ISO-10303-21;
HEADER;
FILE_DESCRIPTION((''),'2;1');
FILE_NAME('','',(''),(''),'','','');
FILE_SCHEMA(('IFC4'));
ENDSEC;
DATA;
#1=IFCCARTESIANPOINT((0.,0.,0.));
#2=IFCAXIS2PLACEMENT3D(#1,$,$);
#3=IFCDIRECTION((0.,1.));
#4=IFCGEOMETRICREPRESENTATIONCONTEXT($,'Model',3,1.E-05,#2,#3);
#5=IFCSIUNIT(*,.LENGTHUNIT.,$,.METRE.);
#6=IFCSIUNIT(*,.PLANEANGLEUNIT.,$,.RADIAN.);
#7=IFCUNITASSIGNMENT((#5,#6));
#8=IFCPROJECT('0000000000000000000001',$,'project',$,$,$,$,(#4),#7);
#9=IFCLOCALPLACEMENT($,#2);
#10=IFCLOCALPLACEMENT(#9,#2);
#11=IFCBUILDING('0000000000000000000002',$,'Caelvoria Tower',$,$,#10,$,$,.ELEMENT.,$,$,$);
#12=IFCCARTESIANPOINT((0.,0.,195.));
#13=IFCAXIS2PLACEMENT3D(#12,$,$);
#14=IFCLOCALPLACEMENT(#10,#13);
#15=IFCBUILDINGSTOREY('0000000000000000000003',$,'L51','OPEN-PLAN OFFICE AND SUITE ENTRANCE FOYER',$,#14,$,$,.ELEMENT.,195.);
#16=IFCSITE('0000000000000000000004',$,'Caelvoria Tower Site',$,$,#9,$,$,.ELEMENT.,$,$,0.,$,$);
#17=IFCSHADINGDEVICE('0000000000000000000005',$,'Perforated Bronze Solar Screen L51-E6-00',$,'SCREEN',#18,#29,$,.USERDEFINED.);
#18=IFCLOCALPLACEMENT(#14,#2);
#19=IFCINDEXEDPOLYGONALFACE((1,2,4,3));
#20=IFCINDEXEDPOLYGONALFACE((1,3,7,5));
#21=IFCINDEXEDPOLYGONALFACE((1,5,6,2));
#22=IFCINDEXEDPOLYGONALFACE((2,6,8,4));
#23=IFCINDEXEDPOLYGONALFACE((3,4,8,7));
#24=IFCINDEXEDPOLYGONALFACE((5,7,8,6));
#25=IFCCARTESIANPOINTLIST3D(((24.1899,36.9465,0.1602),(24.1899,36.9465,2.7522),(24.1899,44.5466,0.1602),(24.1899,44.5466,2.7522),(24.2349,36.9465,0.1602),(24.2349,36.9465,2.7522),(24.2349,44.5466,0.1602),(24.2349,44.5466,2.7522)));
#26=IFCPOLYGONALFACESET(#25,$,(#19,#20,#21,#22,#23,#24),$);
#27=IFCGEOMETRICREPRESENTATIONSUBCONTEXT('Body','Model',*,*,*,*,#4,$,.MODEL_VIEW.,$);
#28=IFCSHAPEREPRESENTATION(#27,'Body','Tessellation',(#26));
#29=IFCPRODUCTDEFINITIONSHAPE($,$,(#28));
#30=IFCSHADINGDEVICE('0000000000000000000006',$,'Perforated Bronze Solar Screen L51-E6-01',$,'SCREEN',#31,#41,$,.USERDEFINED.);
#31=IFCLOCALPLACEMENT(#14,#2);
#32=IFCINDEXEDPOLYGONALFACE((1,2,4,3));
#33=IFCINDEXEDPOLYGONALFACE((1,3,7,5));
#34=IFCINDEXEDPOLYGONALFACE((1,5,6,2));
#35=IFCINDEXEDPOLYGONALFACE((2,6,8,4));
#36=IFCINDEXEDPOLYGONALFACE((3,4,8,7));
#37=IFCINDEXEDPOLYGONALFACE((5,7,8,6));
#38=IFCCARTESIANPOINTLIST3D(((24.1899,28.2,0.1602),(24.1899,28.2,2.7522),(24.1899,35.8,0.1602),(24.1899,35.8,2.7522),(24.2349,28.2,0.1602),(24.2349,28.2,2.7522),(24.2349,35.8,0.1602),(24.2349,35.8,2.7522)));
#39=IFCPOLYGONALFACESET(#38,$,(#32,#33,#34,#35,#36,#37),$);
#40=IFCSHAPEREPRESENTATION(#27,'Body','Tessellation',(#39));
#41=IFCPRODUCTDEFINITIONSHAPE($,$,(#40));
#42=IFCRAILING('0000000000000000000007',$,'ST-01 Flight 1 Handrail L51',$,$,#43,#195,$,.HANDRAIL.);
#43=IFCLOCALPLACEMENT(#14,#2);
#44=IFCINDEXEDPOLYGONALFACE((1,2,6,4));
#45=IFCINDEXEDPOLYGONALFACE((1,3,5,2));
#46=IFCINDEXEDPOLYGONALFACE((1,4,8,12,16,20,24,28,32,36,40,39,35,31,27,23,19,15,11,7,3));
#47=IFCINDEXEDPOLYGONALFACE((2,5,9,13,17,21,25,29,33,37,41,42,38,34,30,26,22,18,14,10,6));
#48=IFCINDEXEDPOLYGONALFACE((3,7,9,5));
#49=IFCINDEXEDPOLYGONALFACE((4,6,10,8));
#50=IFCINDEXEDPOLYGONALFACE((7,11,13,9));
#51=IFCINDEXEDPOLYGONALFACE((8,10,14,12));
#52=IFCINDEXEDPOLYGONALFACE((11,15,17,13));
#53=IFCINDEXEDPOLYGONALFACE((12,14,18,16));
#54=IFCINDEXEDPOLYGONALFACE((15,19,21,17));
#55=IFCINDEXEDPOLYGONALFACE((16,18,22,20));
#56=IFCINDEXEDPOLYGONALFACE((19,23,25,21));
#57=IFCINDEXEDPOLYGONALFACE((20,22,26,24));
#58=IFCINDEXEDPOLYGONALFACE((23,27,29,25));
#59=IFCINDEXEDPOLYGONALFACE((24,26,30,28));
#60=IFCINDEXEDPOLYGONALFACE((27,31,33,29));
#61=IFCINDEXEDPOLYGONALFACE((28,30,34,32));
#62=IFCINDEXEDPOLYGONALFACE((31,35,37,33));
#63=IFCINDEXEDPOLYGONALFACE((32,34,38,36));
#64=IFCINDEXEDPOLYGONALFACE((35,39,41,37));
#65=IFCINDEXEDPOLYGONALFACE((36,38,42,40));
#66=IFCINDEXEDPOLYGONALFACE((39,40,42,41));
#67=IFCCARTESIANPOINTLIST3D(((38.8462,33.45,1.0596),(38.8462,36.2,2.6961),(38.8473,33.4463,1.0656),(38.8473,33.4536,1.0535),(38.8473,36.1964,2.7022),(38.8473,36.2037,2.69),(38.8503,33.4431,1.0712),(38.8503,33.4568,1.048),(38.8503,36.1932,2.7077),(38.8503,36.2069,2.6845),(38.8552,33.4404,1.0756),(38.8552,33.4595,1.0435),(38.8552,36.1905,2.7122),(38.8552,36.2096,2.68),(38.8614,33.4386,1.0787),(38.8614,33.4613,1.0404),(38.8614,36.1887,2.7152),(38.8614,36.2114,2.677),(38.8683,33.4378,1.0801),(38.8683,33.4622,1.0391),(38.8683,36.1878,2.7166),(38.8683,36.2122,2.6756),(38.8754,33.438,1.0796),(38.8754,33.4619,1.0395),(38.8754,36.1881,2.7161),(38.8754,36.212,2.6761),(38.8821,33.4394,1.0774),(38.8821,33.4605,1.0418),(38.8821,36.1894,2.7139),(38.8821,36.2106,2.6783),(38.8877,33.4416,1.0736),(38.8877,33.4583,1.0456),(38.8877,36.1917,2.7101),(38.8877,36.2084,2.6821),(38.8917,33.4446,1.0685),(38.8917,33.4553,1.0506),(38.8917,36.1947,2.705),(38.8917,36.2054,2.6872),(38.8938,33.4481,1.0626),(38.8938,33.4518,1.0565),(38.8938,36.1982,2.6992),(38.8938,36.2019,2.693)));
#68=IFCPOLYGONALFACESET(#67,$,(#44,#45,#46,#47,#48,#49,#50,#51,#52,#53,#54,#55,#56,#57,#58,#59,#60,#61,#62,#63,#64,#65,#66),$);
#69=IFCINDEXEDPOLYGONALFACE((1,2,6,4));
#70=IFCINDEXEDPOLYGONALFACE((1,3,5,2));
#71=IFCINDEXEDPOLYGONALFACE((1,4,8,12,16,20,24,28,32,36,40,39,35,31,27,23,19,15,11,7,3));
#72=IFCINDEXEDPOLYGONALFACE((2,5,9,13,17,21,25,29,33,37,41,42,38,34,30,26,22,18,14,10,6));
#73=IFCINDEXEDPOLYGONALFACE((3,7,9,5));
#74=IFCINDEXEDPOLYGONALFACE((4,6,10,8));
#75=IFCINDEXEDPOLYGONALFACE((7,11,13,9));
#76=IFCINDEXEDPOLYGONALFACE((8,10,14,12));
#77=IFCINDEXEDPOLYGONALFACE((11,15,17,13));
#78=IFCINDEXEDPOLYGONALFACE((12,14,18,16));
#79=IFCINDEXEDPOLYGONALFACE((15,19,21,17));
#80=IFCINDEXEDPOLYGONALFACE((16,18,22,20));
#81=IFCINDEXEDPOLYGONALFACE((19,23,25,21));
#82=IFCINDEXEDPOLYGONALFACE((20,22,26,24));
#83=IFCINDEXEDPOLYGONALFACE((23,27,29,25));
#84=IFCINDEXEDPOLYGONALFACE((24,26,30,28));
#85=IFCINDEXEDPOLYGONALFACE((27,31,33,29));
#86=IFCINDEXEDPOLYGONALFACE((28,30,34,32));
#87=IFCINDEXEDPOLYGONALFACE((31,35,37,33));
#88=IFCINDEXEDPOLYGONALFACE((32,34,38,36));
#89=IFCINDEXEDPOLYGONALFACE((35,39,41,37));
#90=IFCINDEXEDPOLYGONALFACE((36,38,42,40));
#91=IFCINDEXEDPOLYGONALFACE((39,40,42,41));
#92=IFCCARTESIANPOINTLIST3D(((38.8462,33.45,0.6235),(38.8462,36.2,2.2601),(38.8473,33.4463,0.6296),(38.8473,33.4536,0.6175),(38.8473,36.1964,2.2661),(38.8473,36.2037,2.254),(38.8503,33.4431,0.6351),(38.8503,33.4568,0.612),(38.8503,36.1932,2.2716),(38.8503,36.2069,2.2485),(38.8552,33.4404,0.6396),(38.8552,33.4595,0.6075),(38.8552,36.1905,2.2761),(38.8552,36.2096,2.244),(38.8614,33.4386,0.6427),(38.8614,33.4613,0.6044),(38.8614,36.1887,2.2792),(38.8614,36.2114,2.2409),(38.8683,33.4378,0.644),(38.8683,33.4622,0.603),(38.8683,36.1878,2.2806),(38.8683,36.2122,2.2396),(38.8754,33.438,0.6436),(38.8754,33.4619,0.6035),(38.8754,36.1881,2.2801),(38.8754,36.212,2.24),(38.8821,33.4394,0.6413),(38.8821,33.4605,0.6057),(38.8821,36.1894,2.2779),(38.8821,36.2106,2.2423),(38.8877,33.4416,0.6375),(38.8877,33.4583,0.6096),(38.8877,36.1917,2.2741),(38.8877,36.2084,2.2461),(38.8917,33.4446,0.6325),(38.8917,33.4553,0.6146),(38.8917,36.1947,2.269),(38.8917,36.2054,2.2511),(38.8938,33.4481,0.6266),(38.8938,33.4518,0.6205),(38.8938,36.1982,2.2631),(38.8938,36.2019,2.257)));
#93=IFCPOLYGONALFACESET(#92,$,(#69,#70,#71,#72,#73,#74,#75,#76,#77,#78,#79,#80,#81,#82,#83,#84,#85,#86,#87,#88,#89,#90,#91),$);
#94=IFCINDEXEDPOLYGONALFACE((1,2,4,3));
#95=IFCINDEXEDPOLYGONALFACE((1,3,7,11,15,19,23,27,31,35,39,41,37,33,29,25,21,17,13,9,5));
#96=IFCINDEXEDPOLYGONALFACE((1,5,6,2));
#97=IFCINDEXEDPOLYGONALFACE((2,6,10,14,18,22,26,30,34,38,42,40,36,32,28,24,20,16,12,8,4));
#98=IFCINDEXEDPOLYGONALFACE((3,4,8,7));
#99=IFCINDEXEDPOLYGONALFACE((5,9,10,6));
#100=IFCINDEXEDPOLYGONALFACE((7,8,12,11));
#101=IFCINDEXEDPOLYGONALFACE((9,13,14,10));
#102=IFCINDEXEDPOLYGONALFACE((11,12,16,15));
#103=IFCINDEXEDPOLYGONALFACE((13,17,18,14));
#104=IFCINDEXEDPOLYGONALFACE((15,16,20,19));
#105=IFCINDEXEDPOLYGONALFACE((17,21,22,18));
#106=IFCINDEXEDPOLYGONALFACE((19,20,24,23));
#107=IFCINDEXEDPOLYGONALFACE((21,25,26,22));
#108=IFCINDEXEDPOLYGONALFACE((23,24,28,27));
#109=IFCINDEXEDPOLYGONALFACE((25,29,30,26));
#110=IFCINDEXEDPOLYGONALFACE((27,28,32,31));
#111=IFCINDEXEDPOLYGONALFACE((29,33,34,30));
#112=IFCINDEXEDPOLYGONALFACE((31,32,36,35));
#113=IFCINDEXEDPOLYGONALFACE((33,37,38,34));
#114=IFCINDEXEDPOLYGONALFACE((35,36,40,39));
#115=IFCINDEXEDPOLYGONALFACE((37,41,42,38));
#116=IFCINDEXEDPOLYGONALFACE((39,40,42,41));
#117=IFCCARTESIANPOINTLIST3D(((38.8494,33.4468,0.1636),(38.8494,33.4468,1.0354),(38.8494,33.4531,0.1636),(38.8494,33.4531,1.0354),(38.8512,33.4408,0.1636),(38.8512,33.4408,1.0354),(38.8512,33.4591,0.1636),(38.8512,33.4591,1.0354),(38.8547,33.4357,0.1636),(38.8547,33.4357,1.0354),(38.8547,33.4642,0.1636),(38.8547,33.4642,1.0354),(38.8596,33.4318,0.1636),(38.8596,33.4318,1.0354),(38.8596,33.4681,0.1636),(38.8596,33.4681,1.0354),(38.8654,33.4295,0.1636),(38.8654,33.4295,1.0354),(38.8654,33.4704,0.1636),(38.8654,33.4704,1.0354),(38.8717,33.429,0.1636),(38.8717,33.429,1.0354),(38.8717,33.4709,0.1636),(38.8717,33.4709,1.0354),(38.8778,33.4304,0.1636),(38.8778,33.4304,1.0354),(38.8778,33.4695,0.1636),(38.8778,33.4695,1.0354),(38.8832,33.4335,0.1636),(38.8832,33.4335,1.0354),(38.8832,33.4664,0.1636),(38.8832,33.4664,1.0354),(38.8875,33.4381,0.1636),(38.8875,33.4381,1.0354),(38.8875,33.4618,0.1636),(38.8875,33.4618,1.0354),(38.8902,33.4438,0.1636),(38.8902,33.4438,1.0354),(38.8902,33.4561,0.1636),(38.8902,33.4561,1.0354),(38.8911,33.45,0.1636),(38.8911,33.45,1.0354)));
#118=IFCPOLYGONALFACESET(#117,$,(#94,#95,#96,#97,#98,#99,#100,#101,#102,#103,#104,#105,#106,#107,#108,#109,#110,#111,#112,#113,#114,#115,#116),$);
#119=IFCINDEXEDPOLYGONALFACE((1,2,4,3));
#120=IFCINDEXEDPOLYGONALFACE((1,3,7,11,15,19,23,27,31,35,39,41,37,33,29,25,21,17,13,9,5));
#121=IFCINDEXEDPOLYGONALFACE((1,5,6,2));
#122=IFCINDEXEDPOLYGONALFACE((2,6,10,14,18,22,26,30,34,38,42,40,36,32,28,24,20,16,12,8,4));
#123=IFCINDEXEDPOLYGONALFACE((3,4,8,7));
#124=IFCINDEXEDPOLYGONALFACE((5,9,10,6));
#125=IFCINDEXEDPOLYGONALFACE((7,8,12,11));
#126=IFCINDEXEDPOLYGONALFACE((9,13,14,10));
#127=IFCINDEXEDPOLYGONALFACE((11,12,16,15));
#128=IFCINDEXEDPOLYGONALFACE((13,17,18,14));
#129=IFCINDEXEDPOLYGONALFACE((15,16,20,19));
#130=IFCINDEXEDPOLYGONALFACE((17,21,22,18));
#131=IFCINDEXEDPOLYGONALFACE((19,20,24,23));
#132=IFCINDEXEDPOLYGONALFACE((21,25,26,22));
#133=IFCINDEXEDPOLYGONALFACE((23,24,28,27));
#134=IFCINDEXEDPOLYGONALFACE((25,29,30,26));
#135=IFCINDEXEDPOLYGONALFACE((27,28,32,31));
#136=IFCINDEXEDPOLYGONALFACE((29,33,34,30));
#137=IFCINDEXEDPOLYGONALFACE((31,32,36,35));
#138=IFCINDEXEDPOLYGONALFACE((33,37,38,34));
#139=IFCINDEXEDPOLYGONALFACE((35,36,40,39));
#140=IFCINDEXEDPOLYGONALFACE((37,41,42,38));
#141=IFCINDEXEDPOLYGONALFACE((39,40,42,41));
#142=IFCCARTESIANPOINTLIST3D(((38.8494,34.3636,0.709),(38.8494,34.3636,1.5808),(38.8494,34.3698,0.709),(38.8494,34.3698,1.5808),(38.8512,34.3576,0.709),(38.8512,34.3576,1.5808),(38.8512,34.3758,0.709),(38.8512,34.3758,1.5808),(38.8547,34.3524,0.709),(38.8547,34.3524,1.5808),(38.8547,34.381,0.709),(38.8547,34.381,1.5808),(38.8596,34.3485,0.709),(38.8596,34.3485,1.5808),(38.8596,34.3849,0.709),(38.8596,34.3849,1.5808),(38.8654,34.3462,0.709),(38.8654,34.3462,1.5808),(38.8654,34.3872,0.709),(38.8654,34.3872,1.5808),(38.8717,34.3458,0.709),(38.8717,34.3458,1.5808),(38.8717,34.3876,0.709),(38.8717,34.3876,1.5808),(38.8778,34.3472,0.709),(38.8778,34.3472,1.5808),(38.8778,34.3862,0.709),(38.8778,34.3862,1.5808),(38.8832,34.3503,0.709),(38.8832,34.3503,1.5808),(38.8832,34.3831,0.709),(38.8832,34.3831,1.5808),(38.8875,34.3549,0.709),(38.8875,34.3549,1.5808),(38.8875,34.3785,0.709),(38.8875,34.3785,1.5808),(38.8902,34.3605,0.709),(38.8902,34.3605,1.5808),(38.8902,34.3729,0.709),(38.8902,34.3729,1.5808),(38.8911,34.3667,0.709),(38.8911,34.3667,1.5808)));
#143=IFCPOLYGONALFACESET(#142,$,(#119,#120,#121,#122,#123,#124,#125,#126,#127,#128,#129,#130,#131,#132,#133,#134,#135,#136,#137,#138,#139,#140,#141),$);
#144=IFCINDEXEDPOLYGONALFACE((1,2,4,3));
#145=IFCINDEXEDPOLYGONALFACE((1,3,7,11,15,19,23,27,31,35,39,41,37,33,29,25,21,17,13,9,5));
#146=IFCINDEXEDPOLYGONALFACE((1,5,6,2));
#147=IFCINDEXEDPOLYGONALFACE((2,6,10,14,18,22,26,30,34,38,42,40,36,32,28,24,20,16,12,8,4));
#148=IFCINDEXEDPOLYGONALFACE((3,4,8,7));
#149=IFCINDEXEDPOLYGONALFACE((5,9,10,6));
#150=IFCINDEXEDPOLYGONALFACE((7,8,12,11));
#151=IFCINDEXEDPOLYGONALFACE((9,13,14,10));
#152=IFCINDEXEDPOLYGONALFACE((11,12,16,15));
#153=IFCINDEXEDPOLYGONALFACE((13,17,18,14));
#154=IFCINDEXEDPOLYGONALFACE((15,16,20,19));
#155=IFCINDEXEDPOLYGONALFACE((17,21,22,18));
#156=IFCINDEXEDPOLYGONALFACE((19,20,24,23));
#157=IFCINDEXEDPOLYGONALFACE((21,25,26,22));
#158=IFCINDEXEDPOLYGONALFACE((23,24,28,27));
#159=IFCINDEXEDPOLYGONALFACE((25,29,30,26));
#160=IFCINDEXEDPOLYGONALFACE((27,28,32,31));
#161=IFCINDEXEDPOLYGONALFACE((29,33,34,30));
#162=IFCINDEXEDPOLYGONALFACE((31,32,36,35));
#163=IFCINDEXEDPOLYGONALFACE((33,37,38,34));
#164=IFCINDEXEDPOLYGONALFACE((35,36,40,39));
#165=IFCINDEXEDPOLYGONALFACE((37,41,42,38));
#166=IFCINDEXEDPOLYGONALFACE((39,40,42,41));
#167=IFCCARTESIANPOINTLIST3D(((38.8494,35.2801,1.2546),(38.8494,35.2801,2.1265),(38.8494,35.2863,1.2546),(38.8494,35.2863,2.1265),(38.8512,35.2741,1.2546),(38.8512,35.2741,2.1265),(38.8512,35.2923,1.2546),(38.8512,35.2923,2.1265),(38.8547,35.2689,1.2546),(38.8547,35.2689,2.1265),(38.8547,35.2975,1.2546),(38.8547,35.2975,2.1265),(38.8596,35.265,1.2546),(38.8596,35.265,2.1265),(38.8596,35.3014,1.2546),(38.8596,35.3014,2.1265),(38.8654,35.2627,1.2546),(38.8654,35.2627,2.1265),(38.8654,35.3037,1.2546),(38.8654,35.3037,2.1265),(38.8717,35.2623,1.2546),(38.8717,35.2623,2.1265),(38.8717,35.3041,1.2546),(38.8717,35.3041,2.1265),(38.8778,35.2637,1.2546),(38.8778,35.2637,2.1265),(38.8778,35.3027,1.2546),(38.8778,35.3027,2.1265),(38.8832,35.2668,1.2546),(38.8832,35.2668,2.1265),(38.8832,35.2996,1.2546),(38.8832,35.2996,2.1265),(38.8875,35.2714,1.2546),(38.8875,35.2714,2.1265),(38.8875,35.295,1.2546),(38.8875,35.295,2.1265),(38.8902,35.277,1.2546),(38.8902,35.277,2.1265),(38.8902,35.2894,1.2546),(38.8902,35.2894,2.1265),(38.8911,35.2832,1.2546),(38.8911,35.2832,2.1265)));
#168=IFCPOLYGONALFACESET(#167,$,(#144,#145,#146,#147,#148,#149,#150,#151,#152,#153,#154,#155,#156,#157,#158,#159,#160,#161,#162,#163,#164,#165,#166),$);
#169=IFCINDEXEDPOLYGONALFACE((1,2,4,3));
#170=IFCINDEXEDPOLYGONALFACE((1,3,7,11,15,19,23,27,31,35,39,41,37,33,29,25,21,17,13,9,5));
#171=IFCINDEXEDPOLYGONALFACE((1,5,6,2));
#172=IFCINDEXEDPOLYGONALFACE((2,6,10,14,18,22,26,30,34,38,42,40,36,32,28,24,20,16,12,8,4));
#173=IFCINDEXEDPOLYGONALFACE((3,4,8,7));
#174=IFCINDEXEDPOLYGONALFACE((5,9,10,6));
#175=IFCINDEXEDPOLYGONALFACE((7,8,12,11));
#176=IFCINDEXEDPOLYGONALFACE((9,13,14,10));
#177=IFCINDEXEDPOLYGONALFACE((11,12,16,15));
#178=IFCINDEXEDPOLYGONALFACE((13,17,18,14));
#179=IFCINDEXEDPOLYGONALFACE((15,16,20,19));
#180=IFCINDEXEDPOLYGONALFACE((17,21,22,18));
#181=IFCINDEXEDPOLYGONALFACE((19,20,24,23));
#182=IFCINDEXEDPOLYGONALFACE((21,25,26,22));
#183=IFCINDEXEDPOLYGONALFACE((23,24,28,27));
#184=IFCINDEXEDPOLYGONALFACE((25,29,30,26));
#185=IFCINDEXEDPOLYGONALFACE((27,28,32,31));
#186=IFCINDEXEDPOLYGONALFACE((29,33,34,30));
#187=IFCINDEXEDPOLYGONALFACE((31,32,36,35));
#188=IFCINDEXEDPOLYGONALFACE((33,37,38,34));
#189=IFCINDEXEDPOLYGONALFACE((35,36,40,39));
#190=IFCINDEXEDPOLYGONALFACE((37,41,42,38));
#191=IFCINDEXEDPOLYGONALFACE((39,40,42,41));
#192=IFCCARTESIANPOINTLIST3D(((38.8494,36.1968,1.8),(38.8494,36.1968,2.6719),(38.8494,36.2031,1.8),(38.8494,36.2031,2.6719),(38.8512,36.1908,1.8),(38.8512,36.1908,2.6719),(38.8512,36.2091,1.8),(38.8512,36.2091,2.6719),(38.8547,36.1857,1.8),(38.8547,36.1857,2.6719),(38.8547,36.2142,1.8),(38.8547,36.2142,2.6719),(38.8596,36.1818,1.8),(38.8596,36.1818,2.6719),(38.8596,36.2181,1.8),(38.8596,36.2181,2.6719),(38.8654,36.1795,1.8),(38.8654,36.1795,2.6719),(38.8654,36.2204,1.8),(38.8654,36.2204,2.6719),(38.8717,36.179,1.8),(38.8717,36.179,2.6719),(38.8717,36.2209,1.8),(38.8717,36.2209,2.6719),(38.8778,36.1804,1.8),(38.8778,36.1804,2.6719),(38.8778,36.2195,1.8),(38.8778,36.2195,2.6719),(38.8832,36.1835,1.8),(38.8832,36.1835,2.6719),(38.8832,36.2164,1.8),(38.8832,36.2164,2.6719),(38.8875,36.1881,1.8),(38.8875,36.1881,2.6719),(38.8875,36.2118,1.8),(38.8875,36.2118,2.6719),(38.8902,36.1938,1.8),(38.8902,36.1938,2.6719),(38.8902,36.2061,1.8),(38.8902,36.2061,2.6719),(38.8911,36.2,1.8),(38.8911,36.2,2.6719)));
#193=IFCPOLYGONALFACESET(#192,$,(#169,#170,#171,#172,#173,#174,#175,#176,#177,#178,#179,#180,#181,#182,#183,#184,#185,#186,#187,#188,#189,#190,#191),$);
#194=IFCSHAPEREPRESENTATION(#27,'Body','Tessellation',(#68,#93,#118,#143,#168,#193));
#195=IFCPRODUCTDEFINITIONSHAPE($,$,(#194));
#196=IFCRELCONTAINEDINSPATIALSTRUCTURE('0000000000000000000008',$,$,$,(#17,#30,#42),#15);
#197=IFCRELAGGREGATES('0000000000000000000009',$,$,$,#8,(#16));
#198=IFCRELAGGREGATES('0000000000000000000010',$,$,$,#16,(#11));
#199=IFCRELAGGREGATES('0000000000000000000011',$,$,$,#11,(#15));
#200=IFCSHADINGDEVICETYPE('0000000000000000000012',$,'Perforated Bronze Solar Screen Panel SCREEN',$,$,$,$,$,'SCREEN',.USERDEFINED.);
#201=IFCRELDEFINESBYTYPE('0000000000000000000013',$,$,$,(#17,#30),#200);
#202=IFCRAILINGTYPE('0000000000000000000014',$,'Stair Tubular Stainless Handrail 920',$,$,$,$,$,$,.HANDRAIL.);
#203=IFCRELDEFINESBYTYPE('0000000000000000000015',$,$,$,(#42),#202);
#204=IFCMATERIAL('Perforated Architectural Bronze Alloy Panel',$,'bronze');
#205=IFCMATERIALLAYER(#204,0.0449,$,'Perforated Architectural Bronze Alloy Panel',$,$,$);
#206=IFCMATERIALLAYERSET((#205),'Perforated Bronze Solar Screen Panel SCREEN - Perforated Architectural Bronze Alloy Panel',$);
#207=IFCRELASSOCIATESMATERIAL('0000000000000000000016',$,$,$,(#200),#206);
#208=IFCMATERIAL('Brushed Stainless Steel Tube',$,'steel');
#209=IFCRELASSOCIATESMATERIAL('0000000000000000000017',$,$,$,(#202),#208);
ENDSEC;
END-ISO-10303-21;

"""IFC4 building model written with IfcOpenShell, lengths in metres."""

from ifc_helpers import new_model, si_unit, direction, frame, origin, origin_2d, place, context, subcontext, project, spatial, rectangle, circle, extrude, material, layer, layer_set, type_object, element, save


model = new_model("IFC4")

# Units and contexts
model_context = context("Model", 3, precision=1e-05, world=origin(), true_north=direction((0.0, 1.0)))
body_context = subcontext(model_context, "Body", "Model", "MODEL_VIEW")
ifc_project = project(units=[si_unit("LENGTHUNIT", "METRE"), si_unit("PLANEANGLEUNIT", "RADIAN")], contexts=[model_context])

# Site, building, storey
site_placement = place(None, origin())
site = spatial("IfcSite", under=ifc_project, at=site_placement, Name="Caelvoria Tower Site", CompositionType="ELEMENT", RefElevation=0.0)
building_placement = place(site_placement, origin())
building = spatial("IfcBuilding", under=site, at=building_placement, Name="Caelvoria Tower", CompositionType="ELEMENT")
storey_placement = place(building_placement, frame((0.0, 0.0, 195.0)))
storey = spatial("IfcBuildingStorey", under=building, at=storey_placement, Name="L51", Description="OPEN-PLAN OFFICE AND SUITE ENTRANCE FOYER", CompositionType="ELEMENT", Elevation=195.0)

# Shading devices
ifc_material_1 = material(Name="Perforated Architectural Bronze Alloy Panel", Category="bronze")
ifc_layer_1 = layer(ifc_material_1, 0.0449, Name="Perforated Architectural Bronze Alloy Panel")
ifc_layer_set_1 = layer_set([ifc_layer_1], Name="Perforated Bronze Solar Screen Panel SCREEN - Perforated Architectural Bronze Alloy Panel")
shading_device_type = type_object("IfcShadingDeviceType", Name="Perforated Bronze Solar Screen Panel SCREEN", ElementType="SCREEN", PredefinedType="USERDEFINED", material=ifc_layer_set_1)
for number, where, z_axis, x_axis, name in (
    (1, (24.2124, 40.7466, 0.1602), (0.0, 0.0, 1.0), (0.0, -1.0, 0.0), "Perforated Bronze Solar Screen L51-E6-00"),
    (2, (24.2124, 32.0, 0.1602), (0.0, 0.0, 1.0), (0.0, -1.0, 0.0), "Perforated Bronze Solar Screen L51-E6-01"),
):
    element("IfcShadingDevice", number, at=place(storey_placement, frame(where, z_axis=z_axis, x_axis=x_axis)), inside=storey, type_object=shading_device_type, Name=name, ObjectType="SCREEN", PredefinedType="USERDEFINED", context=body_context, shape_type="SweptSolid", body=[
        extrude(rectangle(XDim=7.6001, YDim=0.0449, at=origin_2d()), origin(), (0.0, 0.0, 1.0), 2.592),
    ])

# Railing
ifc_material_2 = material(Name="Brushed Stainless Steel Tube", Category="steel")
railing_type_1 = type_object("IfcRailingType", Name="Stair Tubular Stainless Handrail 920", PredefinedType="HANDRAIL", material=ifc_material_2)
railing_1_placement = place(storey_placement, frame((38.8701, 33.45, 0.1636)))
element("IfcRailing", 3, at=railing_1_placement, inside=storey, type_object=railing_type_1, Name="ST-01 Flight 1 Handrail L51", PredefinedType="HANDRAIL", context=body_context, shape_type="SweptSolid", body=[
    extrude(circle(Radius=0.0239, at=origin_2d()), frame((0.0, 0.0, 0.896), z_axis=(0.0, 0.859352, 0.511385), x_axis=(-1.0, 0.0, 0.0)), (0.0, 0.0, 1.0), 3.2002),
    extrude(circle(Radius=0.0239, at=origin_2d()), frame((0.0, 0.0, 0.46), z_axis=(0.0, 0.859352, 0.511385), x_axis=(-1.0, 0.0, 0.0)), (0.0, 0.0, 1.0), 3.2002),
    extrude(circle(Radius=0.021, at=origin_2d()), origin(), (0.0, 0.0, 1.0), 0.8718),
    extrude(circle(Radius=0.021, at=origin_2d()), frame((0.0, 0.9167, 0.5454)), (0.0, 0.0, 1.0), 0.8718),
    extrude(circle(Radius=0.021, at=origin_2d()), frame((0.0, 1.8333, 1.0911)), (0.0, 0.0, 1.0), 0.8718),
    extrude(circle(Radius=0.021, at=origin_2d()), frame((0.0, 2.75, 1.6365)), (0.0, 0.0, 1.0), 0.8718),
])

save(model, "model.ifc")
